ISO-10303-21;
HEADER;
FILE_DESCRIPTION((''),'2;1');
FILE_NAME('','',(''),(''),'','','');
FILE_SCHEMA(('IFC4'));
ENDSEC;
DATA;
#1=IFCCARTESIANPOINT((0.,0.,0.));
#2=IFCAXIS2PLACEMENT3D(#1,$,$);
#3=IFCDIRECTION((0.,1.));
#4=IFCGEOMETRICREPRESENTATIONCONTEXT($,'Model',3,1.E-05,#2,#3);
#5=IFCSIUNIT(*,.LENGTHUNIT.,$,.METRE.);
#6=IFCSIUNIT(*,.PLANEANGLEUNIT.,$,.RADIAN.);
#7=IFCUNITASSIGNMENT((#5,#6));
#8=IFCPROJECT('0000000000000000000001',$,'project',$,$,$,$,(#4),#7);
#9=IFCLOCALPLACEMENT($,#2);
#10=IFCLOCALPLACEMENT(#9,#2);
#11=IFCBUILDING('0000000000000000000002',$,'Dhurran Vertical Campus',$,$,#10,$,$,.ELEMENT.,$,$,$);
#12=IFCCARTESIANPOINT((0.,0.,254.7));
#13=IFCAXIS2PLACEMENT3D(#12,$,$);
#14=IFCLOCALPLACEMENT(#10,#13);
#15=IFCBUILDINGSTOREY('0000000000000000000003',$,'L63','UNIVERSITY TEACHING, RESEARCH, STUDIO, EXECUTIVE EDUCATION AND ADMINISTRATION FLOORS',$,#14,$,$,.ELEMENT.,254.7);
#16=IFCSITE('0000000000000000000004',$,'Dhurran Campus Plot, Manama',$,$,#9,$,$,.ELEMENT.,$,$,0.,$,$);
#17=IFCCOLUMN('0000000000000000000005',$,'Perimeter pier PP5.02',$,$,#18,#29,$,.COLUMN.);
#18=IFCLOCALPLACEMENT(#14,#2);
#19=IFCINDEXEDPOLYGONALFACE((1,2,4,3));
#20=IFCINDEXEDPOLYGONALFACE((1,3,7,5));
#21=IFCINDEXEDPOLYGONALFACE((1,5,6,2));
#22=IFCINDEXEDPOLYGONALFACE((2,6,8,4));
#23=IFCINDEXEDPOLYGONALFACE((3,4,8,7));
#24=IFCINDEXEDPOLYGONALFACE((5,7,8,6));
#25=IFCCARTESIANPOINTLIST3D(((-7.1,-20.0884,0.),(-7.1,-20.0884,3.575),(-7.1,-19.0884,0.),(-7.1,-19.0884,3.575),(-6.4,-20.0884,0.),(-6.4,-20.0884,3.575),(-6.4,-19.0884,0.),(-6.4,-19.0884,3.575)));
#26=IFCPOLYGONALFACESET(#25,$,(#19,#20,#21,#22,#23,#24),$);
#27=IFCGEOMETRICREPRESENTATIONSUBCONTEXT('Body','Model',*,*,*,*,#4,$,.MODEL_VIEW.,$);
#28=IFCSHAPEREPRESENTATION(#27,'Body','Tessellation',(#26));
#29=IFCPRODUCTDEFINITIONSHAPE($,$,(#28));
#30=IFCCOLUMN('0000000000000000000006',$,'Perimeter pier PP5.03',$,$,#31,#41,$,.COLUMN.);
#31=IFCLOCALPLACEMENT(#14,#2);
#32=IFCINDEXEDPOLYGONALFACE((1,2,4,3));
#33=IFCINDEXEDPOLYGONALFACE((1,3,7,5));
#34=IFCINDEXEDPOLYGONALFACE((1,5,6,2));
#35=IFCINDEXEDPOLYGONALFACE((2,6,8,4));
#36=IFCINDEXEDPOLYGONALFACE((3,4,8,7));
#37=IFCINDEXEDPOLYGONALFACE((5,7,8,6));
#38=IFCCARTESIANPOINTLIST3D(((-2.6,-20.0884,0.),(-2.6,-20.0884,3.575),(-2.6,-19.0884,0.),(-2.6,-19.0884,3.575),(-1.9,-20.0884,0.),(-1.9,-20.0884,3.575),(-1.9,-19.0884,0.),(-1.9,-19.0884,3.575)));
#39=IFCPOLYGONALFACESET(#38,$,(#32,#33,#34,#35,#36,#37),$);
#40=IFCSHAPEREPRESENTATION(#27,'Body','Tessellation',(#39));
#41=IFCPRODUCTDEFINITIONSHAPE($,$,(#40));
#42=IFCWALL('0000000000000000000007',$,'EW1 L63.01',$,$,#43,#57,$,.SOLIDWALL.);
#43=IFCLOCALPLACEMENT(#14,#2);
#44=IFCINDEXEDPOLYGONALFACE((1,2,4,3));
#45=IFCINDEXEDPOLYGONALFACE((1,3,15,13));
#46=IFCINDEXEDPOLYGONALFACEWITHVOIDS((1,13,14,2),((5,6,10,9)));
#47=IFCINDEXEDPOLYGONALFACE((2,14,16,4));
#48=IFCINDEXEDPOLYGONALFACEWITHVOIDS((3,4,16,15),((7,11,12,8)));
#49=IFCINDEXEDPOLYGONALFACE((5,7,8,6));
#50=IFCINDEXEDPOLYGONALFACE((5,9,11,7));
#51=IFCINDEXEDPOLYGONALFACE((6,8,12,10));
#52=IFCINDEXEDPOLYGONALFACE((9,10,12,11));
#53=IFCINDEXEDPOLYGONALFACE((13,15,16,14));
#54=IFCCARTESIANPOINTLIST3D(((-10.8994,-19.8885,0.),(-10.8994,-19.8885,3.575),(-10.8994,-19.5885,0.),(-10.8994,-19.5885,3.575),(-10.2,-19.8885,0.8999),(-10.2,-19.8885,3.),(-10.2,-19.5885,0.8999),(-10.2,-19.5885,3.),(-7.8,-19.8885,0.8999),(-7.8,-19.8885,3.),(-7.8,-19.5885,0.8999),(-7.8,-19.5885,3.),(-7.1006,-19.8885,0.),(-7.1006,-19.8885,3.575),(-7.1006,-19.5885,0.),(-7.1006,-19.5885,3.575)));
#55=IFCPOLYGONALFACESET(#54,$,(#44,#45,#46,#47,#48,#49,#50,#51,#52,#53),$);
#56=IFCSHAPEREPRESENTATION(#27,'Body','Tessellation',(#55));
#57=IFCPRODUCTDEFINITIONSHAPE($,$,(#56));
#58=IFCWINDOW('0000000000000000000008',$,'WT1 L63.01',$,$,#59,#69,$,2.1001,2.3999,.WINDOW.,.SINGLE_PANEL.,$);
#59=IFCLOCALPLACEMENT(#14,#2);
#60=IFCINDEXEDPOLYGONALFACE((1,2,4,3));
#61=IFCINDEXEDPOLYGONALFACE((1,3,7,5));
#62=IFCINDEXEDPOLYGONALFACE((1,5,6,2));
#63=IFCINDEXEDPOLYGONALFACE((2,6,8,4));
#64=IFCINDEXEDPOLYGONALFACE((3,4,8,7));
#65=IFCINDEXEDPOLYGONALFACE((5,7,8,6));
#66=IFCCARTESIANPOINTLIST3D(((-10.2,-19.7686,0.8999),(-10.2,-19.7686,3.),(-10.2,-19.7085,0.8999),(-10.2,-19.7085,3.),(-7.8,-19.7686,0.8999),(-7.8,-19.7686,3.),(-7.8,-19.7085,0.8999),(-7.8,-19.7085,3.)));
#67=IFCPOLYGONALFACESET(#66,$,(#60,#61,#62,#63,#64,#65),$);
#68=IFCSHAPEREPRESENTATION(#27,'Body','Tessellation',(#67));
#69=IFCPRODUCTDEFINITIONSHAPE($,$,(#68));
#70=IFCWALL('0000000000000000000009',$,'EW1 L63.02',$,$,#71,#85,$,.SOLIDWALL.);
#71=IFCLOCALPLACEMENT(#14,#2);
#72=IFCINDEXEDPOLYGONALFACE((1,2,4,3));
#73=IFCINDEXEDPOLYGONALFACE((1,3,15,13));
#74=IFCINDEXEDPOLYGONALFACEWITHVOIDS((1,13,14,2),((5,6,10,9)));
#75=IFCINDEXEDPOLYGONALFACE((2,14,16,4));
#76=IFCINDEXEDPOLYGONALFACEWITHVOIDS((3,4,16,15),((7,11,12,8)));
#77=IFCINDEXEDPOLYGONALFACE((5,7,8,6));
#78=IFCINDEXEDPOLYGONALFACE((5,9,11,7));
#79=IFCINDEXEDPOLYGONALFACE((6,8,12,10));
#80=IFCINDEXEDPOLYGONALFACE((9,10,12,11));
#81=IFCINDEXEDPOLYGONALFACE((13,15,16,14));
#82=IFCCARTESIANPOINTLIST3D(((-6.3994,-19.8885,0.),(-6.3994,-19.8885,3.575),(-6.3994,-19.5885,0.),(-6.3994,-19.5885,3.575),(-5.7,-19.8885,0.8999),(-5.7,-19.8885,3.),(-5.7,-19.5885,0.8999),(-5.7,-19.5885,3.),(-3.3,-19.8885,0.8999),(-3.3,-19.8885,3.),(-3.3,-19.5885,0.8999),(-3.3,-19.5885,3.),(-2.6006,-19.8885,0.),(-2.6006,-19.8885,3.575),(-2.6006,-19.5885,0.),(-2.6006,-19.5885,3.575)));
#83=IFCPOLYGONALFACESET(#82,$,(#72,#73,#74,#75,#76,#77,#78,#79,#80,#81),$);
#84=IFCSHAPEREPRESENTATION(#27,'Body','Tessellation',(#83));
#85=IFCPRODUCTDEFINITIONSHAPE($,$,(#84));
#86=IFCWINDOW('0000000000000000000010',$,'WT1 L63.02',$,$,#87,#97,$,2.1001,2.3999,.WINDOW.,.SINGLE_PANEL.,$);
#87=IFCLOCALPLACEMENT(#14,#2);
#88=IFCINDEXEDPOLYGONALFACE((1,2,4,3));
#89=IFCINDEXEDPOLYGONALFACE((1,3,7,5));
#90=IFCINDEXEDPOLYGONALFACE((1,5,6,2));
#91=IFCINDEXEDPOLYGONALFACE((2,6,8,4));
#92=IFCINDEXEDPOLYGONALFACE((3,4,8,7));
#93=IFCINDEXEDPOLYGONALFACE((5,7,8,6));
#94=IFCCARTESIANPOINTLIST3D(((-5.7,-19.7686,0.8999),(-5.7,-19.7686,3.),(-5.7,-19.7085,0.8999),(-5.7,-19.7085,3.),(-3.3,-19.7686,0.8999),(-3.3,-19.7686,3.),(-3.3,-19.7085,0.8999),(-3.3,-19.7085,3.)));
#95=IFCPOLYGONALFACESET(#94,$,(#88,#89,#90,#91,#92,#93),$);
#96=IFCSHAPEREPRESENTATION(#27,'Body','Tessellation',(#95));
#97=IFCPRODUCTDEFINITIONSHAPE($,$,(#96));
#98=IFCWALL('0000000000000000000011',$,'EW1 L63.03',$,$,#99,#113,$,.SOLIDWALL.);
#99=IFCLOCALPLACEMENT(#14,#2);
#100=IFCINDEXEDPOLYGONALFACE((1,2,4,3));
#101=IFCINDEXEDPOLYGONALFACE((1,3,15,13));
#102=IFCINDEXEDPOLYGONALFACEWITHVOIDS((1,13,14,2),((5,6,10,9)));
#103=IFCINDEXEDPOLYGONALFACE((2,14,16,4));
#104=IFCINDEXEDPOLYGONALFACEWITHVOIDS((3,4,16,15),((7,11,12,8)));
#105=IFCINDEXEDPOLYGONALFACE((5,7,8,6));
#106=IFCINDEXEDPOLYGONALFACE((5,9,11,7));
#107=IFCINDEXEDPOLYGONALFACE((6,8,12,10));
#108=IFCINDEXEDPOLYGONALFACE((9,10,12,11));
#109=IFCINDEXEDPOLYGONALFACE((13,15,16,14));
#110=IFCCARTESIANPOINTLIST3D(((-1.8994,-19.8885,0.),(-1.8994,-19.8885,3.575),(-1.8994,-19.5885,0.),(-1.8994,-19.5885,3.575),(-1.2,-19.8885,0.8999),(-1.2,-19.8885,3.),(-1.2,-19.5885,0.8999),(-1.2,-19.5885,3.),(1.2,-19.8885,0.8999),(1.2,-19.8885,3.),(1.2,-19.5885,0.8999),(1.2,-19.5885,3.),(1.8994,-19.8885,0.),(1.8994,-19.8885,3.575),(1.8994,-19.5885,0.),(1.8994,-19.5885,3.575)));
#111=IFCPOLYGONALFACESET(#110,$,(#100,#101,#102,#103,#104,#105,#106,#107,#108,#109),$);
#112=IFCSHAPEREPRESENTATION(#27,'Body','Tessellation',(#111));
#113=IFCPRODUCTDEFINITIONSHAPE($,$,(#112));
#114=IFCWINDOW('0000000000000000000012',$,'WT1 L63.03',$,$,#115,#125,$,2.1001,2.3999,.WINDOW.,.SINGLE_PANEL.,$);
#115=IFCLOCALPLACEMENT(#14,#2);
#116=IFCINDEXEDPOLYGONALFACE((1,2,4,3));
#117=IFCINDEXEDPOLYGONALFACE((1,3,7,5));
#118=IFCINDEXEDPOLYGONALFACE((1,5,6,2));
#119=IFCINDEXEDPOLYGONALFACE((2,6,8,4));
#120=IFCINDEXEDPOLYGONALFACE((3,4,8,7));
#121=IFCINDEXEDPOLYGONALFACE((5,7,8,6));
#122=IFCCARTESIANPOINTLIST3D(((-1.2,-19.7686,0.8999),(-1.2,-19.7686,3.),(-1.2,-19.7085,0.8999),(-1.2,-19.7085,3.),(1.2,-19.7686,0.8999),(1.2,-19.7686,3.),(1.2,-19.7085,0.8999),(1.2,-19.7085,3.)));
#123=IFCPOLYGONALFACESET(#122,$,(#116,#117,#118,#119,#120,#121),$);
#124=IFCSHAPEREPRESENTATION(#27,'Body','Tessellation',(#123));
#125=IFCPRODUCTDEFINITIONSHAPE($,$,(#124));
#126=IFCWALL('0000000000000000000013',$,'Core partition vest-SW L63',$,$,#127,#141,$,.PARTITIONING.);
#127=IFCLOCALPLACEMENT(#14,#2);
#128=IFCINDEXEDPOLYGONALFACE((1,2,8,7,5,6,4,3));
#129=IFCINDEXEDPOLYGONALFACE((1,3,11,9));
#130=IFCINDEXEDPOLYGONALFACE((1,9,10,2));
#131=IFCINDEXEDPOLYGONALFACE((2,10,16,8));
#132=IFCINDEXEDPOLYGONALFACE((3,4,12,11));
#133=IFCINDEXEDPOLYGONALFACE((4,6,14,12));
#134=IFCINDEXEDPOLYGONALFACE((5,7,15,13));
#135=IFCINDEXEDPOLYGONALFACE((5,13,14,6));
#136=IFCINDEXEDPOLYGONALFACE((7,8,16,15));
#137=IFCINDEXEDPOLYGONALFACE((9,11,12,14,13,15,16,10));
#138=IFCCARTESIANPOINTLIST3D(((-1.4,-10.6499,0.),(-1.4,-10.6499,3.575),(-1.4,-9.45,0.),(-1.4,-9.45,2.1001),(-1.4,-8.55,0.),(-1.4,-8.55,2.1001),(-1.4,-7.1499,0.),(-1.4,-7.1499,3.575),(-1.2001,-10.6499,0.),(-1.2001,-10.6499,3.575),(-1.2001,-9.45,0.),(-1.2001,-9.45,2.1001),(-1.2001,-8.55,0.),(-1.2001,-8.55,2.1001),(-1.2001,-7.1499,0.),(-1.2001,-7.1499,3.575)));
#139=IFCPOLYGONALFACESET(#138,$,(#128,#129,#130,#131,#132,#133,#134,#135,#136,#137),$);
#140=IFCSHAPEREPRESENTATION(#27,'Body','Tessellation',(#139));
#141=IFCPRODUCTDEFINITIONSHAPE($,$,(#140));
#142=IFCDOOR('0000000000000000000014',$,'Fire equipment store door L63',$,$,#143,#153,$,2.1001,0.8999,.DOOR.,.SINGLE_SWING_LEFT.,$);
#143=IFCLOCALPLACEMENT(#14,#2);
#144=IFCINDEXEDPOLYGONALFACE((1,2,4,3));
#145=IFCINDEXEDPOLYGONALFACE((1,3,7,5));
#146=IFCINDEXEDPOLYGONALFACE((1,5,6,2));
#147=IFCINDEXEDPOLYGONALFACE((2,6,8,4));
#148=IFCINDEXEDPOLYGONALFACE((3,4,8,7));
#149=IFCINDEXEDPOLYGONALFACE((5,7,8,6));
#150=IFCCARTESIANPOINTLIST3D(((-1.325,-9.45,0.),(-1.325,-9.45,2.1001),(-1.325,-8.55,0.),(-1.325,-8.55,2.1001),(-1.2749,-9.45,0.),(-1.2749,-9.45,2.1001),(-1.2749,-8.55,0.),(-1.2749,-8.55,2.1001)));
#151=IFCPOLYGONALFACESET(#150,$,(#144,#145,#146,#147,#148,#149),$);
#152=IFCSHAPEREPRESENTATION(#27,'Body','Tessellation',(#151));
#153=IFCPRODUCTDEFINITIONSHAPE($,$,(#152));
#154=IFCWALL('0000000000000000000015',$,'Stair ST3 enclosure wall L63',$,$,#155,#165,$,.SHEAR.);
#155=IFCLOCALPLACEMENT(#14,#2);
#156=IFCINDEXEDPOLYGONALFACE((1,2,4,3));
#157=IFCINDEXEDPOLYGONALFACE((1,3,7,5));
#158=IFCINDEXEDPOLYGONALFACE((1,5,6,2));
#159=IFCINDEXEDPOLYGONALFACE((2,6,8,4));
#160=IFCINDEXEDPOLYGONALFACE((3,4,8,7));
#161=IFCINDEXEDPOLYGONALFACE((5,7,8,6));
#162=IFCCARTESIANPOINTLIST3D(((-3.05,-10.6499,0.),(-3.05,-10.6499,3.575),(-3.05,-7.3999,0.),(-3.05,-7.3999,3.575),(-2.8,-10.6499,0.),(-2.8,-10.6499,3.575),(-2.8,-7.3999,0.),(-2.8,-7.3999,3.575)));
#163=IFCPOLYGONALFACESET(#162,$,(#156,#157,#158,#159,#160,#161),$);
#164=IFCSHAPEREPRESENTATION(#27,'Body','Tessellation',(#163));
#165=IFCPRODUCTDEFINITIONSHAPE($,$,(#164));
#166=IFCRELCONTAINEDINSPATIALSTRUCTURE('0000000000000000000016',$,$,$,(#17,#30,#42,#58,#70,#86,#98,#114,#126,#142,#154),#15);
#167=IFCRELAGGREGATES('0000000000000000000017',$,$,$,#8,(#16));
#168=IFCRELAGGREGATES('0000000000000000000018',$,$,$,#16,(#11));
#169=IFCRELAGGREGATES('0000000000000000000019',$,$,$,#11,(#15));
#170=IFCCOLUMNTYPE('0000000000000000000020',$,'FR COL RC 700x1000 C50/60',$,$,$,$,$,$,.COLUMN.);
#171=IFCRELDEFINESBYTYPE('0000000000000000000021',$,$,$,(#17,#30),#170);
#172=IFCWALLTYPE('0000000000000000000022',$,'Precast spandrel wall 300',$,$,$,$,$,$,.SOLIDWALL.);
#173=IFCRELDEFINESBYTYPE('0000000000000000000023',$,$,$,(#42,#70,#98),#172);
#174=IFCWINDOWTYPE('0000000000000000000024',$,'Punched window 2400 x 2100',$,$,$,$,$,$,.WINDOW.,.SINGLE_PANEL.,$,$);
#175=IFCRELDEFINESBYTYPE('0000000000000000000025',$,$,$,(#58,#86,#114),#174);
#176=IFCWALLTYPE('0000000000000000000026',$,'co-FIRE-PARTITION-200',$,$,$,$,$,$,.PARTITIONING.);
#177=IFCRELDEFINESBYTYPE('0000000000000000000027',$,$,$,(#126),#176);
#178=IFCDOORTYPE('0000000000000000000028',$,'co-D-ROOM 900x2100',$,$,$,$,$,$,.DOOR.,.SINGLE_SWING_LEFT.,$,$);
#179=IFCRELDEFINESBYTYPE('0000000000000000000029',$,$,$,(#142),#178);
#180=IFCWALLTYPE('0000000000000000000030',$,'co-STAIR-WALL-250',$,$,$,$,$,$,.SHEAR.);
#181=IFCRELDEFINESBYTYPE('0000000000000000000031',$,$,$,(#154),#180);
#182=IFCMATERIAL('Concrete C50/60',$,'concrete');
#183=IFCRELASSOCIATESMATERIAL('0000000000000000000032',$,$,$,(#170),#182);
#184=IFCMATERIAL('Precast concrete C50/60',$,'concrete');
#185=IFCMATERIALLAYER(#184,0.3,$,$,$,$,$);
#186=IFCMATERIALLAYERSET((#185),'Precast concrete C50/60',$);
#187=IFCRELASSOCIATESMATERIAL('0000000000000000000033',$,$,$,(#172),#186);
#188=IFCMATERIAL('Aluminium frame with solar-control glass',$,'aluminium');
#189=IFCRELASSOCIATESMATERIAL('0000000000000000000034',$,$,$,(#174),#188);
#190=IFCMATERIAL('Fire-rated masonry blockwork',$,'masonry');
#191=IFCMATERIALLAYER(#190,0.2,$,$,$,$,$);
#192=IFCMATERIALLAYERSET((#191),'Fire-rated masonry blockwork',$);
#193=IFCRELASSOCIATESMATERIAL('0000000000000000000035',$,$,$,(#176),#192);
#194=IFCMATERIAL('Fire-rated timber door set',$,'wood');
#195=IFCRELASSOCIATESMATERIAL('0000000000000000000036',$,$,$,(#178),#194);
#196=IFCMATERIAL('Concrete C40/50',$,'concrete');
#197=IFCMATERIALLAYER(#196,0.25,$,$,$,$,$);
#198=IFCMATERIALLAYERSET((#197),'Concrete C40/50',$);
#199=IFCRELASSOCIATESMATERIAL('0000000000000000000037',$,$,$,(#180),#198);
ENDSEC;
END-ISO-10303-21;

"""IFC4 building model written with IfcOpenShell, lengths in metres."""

from ifc_helpers import new_model, si_unit, direction, frame, frame_2d, origin, origin_2d, place, context, subcontext, project, spatial, rectangle, extrude, material, layer, layer_set, material_profile, profile_set, type_object, element, fill, save


model = new_model("IFC4")

# Units and contexts
model_context = context("Model", 3, precision=1e-05, world=origin(), true_north=direction((0.0, 1.0)))
body_context = subcontext(model_context, "Body", "Model", "MODEL_VIEW")
ifc_project = project(units=[si_unit("LENGTHUNIT", "METRE"), si_unit("PLANEANGLEUNIT", "RADIAN")], contexts=[model_context])

# Site, building, storey
site_placement = place(None, origin())
site = spatial("IfcSite", under=ifc_project, at=site_placement, Name="Dhurran Campus Plot, Manama", CompositionType="ELEMENT", RefElevation=0.0)
building_placement = place(site_placement, origin())
building = spatial("IfcBuilding", under=site, at=building_placement, Name="Dhurran Vertical Campus", CompositionType="ELEMENT")
storey_placement = place(building_placement, frame((0.0, 0.0, 254.7)))
storey = spatial("IfcBuildingStorey", under=building, at=storey_placement, Name="L63", Description="UNIVERSITY TEACHING, RESEARCH, STUDIO, EXECUTIVE EDUCATION AND ADMINISTRATION FLOORS", CompositionType="ELEMENT", Elevation=254.7)

# Columns
ifc_material_1 = material(Name="Concrete C50/60", Category="concrete")
ifc_material_profile = material_profile(ifc_material_1, rectangle(XDim=0.7, YDim=1.0, at=origin_2d()), Name="RC 700x1000")
ifc_profile_set = profile_set([ifc_material_profile], Name="Concrete C50/60")
column_type = type_object("IfcColumnType", Name="FR COL RC 700x1000 C50/60", PredefinedType="COLUMN", material=ifc_profile_set)
for number, where, z_axis, x_axis, name in (
    (1, (-6.75, -19.5884, 0.0), (0.0, 0.0, 1.0), (1.0, 0.0, 0.0), "Perimeter pier PP5.02"),
    (2, (-2.25, -19.5884, 0.0), (0.0, 0.0, 1.0), (1.0, 0.0, 0.0), "Perimeter pier PP5.03"),
):
    element("IfcColumn", number, at=place(storey_placement, frame(where, z_axis=z_axis, x_axis=x_axis)), inside=storey, type_object=column_type, Name=name, PredefinedType="COLUMN", context=body_context, shape_type="SweptSolid", body=[
        extrude(rectangle(XDim=0.7, YDim=1.0, at=origin_2d()), origin(), (0.0, 0.0, 1.0), 3.575),
    ])

# Walls, openings, windows
ifc_material_2 = material(Name="Precast concrete C50/60", Category="concrete")
ifc_layer_1 = layer(ifc_material_2, 0.3)
ifc_layer_set_1 = layer_set([ifc_layer_1], Name="Precast concrete C50/60")
wall_type_1 = type_object("IfcWallType", Name="Precast spandrel wall 300", PredefinedType="SOLIDWALL", material=ifc_layer_set_1)
wall_1_placement = place(storey_placement, frame((-10.8994, -19.7385, 0.0), z_axis=(0.0, 0.0, 1.0), x_axis=(1.0, 0.0, 0.0)))
wall_1 = element("IfcWall", 3, at=wall_1_placement, inside=storey, type_object=wall_type_1, Name="EW1 L63.01", PredefinedType="SOLIDWALL", context=body_context, shape_type="SweptSolid", body=[
    extrude(rectangle(XDim=3.7988, YDim=0.3, at=frame_2d((1.8994, 0.0))), origin(), (0.0, 0.0, 1.0), 3.575),
])
opening_1_placement = place(wall_1_placement, frame((0.6995, 0.0, 0.8999)))
opening_1 = element("IfcOpeningElement", 4, at=opening_1_placement, cuts=wall_1, PredefinedType="OPENING", context=body_context, shape_type="SweptSolid", body=[
    extrude(rectangle(XDim=2.3999, YDim=2.1001, at=frame_2d((1.2, 1.05))), frame((0.0, 0.1599, 0.0), z_axis=(0.0, -1.0, 0.0), x_axis=(1.0, 0.0, 0.0)), (0.0, 0.0, 1.0), 0.3201),
])
ifc_material_3 = material(Name="Aluminium frame with solar-control glass", Category="aluminium")
window_type = type_object("IfcWindowType", Name="Punched window 2400 x 2100", PartitioningType="SINGLE_PANEL", PredefinedType="WINDOW", material=ifc_material_3)
window_1_placement = place(opening_1_placement, origin())
window_1 = element("IfcWindow", 5, at=window_1_placement, inside=storey, type_object=window_type, Name="WT1 L63.01", OverallHeight=2.1001, OverallWidth=2.3999, PartitioningType="SINGLE_PANEL", PredefinedType="WINDOW", context=body_context, shape_type="SweptSolid", body=[
    extrude(rectangle(XDim=2.3999, YDim=2.1001, at=frame_2d((1.2, 1.05))), frame((0.0, 0.03, 0.0), z_axis=(0.0, -1.0, 0.0), x_axis=(1.0, 0.0, 0.0)), (0.0, 0.0, 1.0), 0.0601),
])
fill(opening_1, window_1)
wall_2_placement = place(storey_placement, frame((-6.3994, -19.7385, 0.0), z_axis=(0.0, 0.0, 1.0), x_axis=(1.0, 0.0, 0.0)))
wall_2 = element("IfcWall", 6, at=wall_2_placement, inside=storey, type_object=wall_type_1, Name="EW1 L63.02", PredefinedType="SOLIDWALL", context=body_context, shape_type="SweptSolid", body=[
    extrude(rectangle(XDim=3.7988, YDim=0.3, at=frame_2d((1.8994, 0.0))), origin(), (0.0, 0.0, 1.0), 3.575),
])
opening_2_placement = place(wall_2_placement, frame((0.6995, 0.0, 0.8999)))
opening_2 = element("IfcOpeningElement", 7, at=opening_2_placement, cuts=wall_2, PredefinedType="OPENING", context=body_context, shape_type="SweptSolid", body=[
    extrude(rectangle(XDim=2.3999, YDim=2.1001, at=frame_2d((1.2, 1.05))), frame((0.0, 0.1599, 0.0), z_axis=(0.0, -1.0, 0.0), x_axis=(1.0, 0.0, 0.0)), (0.0, 0.0, 1.0), 0.3201),
])
window_2_placement = place(opening_2_placement, origin())
window_2 = element("IfcWindow", 8, at=window_2_placement, inside=storey, type_object=window_type, Name="WT1 L63.02", OverallHeight=2.1001, OverallWidth=2.3999, PartitioningType="SINGLE_PANEL", PredefinedType="WINDOW", context=body_context, shape_type="SweptSolid", body=[
    extrude(rectangle(XDim=2.3999, YDim=2.1001, at=frame_2d((1.2, 1.05))), frame((0.0, 0.03, 0.0), z_axis=(0.0, -1.0, 0.0), x_axis=(1.0, 0.0, 0.0)), (0.0, 0.0, 1.0), 0.0601),
])
fill(opening_2, window_2)
wall_3_placement = place(storey_placement, frame((-1.8994, -19.7385, 0.0), z_axis=(0.0, 0.0, 1.0), x_axis=(1.0, 0.0, 0.0)))
wall_3 = element("IfcWall", 9, at=wall_3_placement, inside=storey, type_object=wall_type_1, Name="EW1 L63.03", PredefinedType="SOLIDWALL", context=body_context, shape_type="SweptSolid", body=[
    extrude(rectangle(XDim=3.7988, YDim=0.3, at=frame_2d((1.8994, 0.0))), origin(), (0.0, 0.0, 1.0), 3.575),
])
opening_3_placement = place(wall_3_placement, frame((0.6995, 0.0, 0.8999)))
opening_3 = element("IfcOpeningElement", 10, at=opening_3_placement, cuts=wall_3, PredefinedType="OPENING", context=body_context, shape_type="SweptSolid", body=[
    extrude(rectangle(XDim=2.3999, YDim=2.1001, at=frame_2d((1.2, 1.05))), frame((0.0, 0.1599, 0.0), z_axis=(0.0, -1.0, 0.0), x_axis=(1.0, 0.0, 0.0)), (0.0, 0.0, 1.0), 0.3201),
])
window_3_placement = place(opening_3_placement, origin())
window_3 = element("IfcWindow", 11, at=window_3_placement, inside=storey, type_object=window_type, Name="WT1 L63.03", OverallHeight=2.1001, OverallWidth=2.3999, PartitioningType="SINGLE_PANEL", PredefinedType="WINDOW", context=body_context, shape_type="SweptSolid", body=[
    extrude(rectangle(XDim=2.3999, YDim=2.1001, at=frame_2d((1.2, 1.05))), frame((0.0, 0.03, 0.0), z_axis=(0.0, -1.0, 0.0), x_axis=(1.0, 0.0, 0.0)), (0.0, 0.0, 1.0), 0.0601),
])
fill(opening_3, window_3)

# Wall, opening, door
ifc_material_4 = material(Name="Fire-rated masonry blockwork", Category="masonry")
ifc_layer_2 = layer(ifc_material_4, 0.2)
ifc_layer_set_2 = layer_set([ifc_layer_2], Name="Fire-rated masonry blockwork")
wall_type_2 = type_object("IfcWallType", Name="co-FIRE-PARTITION-200", PredefinedType="PARTITIONING", material=ifc_layer_set_2)
wall_4_placement = place(storey_placement, frame((-1.3, -10.6499, 0.0), z_axis=(0.0, 0.0, 1.0), x_axis=(0.0, 1.0, 0.0)))
wall_4 = element("IfcWall", 12, at=wall_4_placement, inside=storey, type_object=wall_type_2, Name="Core partition vest-SW L63", PredefinedType="PARTITIONING", context=body_context, shape_type="SweptSolid", body=[
    extrude(rectangle(XDim=3.5, YDim=0.2, at=frame_2d((1.75, 0.0))), origin(), (0.0, 0.0, 1.0), 3.575),
])
opening_4_placement = place(wall_4_placement, frame((1.2, 0.0, 0.0)))
opening_4 = element("IfcOpeningElement", 13, at=opening_4_placement, cuts=wall_4, PredefinedType="OPENING", context=body_context, shape_type="SweptSolid", body=[
    extrude(rectangle(XDim=0.8999, YDim=2.1001, at=frame_2d((0.45, 1.05))), frame((0.0, 0.1099, 0.0), z_axis=(0.0, -1.0, 0.0), x_axis=(1.0, 0.0, 0.0)), (0.0, 0.0, 1.0), 0.22),
])
ifc_material_5 = material(Name="Fire-rated timber door set", Category="wood")
door_type_1 = type_object("IfcDoorType", Name="co-D-ROOM 900x2100", OperationType="SINGLE_SWING_LEFT", PredefinedType="DOOR", material=ifc_material_5)
door_1_placement = place(opening_4_placement, origin())
door_1 = element("IfcDoor", 14, at=door_1_placement, inside=storey, type_object=door_type_1, Name="Fire equipment store door L63", OperationType="SINGLE_SWING_LEFT", OverallHeight=2.1001, OverallWidth=0.8999, PredefinedType="DOOR", context=body_context, shape_type="SweptSolid", body=[
    extrude(rectangle(XDim=0.8999, YDim=2.1001, at=frame_2d((0.45, 1.05))), frame((0.0, 0.0249, 0.0), z_axis=(0.0, -1.0, 0.0), x_axis=(1.0, 0.0, 0.0)), (0.0, 0.0, 1.0), 0.05),
])
fill(opening_4, door_1)

# Wall
ifc_material_6 = material(Name="Concrete C40/50", Category="concrete")
ifc_layer_3 = layer(ifc_material_6, 0.25)
ifc_layer_set_3 = layer_set([ifc_layer_3], Name="Concrete C40/50")
wall_type_3 = type_object("IfcWallType", Name="co-STAIR-WALL-250", PredefinedType="SHEAR", material=ifc_layer_set_3)
wall_5_placement = place(storey_placement, frame((-2.925, -10.6499, 0.0), z_axis=(0.0, 0.0, 1.0), x_axis=(0.0, 1.0, 0.0)))
element("IfcWall", 15, at=wall_5_placement, inside=storey, type_object=wall_type_3, Name="Stair ST3 enclosure wall L63", PredefinedType="SHEAR", context=body_context, shape_type="SweptSolid", body=[
    extrude(rectangle(XDim=3.25, YDim=0.25, at=frame_2d((1.625, 0.0))), origin(), (0.0, 0.0, 1.0), 3.575),
])

save(model, "model.ifc")
